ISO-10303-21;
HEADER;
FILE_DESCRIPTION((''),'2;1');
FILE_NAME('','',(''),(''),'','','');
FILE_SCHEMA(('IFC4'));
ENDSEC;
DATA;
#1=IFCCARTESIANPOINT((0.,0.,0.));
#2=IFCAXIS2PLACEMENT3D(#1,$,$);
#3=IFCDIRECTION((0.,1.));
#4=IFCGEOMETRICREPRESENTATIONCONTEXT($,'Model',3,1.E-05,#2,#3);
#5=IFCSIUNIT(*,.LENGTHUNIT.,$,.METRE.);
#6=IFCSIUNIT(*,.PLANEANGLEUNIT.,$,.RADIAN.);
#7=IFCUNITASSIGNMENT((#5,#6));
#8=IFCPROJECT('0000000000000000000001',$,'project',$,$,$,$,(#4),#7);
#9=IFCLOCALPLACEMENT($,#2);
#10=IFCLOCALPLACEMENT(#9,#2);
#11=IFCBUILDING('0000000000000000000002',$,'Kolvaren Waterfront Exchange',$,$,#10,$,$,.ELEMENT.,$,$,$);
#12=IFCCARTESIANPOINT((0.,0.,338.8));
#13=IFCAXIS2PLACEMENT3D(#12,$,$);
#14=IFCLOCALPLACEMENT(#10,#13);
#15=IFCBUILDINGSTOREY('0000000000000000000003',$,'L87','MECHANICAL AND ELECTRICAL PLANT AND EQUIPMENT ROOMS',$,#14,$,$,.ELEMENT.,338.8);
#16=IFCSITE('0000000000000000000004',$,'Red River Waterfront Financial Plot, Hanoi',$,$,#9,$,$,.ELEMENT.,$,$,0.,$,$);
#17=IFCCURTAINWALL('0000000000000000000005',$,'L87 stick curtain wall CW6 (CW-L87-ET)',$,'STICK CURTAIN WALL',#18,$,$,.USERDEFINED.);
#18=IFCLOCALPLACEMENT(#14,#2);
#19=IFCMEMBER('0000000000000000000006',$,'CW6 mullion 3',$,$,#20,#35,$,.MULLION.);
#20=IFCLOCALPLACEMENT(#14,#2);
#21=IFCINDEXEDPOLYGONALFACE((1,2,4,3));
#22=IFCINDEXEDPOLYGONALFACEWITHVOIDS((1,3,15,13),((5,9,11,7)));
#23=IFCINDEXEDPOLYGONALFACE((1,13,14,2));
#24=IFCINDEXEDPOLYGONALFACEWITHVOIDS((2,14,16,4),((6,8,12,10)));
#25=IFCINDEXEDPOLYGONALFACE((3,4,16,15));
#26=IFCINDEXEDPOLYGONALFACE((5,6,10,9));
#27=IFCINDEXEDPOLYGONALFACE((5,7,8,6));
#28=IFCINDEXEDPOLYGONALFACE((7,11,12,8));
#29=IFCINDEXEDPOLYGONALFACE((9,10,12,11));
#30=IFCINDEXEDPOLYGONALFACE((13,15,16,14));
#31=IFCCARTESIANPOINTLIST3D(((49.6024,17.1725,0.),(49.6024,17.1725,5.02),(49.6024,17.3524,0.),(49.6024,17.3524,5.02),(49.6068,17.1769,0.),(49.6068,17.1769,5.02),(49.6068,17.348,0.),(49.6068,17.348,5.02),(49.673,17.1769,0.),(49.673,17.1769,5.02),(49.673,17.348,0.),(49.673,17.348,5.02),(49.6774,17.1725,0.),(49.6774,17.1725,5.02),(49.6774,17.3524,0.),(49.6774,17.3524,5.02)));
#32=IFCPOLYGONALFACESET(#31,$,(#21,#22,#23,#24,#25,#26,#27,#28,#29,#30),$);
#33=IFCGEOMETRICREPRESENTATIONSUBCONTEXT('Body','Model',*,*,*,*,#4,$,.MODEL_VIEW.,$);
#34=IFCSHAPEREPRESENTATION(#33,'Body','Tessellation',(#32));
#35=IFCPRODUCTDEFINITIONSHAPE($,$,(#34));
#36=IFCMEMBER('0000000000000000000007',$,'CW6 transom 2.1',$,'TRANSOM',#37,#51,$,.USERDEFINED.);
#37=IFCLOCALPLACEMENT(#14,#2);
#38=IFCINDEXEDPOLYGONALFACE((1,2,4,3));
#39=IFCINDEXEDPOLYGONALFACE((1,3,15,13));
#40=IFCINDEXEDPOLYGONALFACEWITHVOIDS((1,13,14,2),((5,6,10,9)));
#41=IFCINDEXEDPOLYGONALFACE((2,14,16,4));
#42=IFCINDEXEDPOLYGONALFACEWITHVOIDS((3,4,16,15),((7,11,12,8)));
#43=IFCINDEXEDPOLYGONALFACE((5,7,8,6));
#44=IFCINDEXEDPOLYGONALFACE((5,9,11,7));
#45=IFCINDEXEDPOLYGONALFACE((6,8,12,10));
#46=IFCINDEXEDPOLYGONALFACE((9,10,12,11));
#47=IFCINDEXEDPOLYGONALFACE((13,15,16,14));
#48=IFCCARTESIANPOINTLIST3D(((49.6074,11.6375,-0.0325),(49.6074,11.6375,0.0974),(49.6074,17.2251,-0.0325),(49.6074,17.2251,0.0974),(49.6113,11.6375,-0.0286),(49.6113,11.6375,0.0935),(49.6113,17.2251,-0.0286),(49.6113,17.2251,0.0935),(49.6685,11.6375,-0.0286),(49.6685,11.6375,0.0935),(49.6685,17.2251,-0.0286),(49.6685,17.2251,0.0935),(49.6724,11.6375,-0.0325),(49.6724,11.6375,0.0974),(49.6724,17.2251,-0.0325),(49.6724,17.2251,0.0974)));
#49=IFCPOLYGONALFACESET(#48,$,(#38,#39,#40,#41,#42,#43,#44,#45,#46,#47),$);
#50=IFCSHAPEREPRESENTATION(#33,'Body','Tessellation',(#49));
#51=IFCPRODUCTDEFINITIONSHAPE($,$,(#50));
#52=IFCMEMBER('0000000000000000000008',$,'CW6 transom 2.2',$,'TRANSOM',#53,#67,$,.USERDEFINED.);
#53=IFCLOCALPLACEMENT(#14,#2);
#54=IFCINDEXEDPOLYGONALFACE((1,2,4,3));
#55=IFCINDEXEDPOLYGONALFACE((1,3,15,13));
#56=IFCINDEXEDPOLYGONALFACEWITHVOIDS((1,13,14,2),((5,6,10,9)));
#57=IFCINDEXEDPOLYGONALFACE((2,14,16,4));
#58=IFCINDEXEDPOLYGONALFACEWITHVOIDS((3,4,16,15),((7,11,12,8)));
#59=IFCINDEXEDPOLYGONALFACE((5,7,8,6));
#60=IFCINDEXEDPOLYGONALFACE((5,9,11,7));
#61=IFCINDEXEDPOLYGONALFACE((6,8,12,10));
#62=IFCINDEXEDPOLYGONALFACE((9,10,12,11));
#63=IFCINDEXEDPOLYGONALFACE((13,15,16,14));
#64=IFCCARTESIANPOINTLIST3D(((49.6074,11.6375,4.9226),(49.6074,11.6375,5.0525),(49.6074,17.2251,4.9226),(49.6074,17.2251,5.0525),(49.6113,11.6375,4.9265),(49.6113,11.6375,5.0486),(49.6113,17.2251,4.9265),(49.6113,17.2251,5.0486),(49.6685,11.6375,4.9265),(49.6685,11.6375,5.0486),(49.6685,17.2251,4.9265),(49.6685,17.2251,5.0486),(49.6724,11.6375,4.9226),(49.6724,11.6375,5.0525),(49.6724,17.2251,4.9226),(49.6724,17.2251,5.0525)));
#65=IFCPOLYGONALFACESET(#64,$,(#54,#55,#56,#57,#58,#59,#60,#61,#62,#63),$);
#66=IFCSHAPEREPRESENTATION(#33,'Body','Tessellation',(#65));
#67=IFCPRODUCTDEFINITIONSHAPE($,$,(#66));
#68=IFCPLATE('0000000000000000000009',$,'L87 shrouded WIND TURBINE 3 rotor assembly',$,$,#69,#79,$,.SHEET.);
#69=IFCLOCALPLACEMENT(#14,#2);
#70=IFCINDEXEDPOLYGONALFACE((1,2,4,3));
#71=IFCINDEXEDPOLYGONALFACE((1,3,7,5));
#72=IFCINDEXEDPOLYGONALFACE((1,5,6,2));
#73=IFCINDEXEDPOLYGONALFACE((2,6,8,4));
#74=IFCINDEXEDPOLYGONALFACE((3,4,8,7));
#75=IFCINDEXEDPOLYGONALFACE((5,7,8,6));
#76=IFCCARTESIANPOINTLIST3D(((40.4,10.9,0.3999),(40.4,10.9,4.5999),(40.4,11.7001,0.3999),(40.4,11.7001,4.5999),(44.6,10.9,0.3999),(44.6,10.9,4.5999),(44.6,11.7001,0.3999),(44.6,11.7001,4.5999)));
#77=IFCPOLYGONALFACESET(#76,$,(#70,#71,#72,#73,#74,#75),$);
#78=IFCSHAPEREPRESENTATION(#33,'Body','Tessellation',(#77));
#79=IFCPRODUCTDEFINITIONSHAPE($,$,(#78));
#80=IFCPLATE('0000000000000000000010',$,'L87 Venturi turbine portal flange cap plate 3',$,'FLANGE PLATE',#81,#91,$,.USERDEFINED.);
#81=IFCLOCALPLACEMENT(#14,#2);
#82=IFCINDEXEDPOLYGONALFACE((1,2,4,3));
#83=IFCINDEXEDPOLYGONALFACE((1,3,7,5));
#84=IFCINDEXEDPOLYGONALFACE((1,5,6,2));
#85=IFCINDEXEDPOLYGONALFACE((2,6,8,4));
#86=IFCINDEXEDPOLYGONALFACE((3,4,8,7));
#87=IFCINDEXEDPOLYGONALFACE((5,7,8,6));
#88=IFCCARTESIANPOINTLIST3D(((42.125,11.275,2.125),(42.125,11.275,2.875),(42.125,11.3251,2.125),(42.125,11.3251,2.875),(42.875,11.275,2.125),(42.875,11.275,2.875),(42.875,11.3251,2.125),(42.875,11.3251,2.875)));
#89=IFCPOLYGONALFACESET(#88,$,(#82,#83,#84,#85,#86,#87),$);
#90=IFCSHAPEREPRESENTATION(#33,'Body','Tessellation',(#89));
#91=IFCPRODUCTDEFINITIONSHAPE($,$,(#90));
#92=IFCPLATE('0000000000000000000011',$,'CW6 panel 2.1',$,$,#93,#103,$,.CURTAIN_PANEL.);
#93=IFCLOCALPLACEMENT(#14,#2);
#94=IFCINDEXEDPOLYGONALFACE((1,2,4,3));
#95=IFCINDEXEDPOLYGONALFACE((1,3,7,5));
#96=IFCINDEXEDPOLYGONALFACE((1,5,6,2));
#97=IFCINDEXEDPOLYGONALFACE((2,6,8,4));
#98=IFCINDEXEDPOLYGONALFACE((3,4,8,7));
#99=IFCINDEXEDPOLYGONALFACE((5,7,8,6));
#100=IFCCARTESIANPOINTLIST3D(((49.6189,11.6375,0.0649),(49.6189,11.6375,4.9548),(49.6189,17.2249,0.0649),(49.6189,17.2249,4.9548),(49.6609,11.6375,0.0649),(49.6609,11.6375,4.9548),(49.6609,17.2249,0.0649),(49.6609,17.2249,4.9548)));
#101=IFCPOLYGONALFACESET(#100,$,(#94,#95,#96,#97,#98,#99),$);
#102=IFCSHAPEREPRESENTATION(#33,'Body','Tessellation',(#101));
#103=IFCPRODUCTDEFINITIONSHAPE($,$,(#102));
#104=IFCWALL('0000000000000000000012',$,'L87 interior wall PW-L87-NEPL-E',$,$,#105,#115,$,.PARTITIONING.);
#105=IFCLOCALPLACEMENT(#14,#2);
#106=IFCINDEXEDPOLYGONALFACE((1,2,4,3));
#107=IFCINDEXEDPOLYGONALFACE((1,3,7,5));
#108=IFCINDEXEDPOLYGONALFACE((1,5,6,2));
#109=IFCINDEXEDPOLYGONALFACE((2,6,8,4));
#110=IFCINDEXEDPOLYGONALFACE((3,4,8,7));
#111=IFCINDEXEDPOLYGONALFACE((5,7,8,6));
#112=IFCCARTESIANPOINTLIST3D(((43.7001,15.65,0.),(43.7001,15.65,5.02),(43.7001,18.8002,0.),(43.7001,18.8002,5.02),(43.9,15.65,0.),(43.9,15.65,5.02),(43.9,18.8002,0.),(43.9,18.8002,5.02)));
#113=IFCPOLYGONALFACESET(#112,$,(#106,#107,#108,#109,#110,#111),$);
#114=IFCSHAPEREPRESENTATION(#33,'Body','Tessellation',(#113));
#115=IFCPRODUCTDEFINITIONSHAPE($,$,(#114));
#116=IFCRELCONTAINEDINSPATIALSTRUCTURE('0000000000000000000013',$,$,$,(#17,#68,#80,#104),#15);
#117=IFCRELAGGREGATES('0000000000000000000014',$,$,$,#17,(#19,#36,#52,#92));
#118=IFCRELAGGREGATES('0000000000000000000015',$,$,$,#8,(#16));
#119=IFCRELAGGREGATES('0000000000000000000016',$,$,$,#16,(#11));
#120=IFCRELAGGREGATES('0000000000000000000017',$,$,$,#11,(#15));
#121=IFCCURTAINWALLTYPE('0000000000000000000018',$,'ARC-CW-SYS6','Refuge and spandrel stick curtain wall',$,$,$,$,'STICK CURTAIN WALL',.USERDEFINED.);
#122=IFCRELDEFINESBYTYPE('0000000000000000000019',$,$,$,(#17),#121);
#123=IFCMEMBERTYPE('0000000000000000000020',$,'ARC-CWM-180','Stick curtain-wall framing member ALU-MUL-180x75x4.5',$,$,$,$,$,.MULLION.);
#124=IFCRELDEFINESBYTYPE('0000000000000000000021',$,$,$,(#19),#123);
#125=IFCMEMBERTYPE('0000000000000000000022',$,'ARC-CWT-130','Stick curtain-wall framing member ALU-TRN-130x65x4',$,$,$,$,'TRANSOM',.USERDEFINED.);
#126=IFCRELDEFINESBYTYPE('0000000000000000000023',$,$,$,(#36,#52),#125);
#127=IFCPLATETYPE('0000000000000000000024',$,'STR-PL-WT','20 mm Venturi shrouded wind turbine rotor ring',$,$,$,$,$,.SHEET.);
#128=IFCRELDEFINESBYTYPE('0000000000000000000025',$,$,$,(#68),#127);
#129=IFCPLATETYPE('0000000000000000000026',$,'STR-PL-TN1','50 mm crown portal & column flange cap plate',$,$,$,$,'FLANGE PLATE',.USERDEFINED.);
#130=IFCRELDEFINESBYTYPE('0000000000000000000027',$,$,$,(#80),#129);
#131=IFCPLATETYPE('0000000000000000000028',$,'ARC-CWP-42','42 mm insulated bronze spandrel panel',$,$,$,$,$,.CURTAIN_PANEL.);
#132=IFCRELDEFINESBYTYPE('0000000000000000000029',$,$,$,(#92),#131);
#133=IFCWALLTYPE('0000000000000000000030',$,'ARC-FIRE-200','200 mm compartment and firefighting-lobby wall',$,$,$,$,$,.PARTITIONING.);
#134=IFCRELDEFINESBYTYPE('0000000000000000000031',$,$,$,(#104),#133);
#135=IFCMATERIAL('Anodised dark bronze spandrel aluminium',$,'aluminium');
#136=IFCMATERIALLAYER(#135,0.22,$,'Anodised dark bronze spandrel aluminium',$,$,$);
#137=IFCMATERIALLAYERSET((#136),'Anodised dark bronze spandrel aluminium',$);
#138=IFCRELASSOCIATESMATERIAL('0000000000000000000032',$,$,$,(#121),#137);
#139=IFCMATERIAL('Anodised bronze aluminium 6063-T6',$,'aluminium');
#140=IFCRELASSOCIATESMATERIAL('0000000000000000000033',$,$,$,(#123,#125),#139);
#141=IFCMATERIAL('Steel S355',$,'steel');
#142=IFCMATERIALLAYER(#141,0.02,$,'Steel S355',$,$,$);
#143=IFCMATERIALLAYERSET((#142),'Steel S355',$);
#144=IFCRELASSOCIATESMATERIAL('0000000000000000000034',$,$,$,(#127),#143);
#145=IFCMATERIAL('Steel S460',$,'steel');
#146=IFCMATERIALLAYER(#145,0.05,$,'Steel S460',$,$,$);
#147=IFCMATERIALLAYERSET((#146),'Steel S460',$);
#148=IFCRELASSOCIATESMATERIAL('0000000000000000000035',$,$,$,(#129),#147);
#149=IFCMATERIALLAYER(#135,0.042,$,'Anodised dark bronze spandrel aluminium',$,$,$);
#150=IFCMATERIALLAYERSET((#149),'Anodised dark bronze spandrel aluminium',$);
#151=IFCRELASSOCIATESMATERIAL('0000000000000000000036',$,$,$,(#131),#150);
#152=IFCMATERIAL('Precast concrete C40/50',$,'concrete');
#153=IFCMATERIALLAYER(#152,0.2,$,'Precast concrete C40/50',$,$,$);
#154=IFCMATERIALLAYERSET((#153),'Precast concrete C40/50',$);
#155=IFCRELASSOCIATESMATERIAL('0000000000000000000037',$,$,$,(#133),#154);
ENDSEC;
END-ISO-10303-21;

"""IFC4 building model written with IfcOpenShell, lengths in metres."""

from ifc_helpers import new_model, si_unit, direction, frame, frame_2d, origin, origin_with_axes, origin_2d, place, context, subcontext, project, spatial, rectangle, hollow_rectangle, extrude, source, transform, mapped, material, layer, layer_set, material_profile, profile_set, type_object, element, aggregate, save


model = new_model("IFC4")

# Units and contexts
model_context = context("Model", 3, precision=1e-05, world=origin(), true_north=direction((0.0, 1.0)))
body_context = subcontext(model_context, "Body", "Model", "MODEL_VIEW")
ifc_project = project(units=[si_unit("LENGTHUNIT", "METRE"), si_unit("PLANEANGLEUNIT", "RADIAN")], contexts=[model_context])

# Site, building, storey
site_placement = place(None, origin())
site = spatial("IfcSite", under=ifc_project, at=site_placement, Name="Red River Waterfront Financial Plot, Hanoi", CompositionType="ELEMENT", RefElevation=0.0)
building_placement = place(site_placement, origin())
building = spatial("IfcBuilding", under=site, at=building_placement, Name="Kolvaren Waterfront Exchange", CompositionType="ELEMENT")
storey_placement = place(building_placement, frame((0.0, 0.0, 338.8)))
storey = spatial("IfcBuildingStorey", under=building, at=storey_placement, Name="L87", Description="MECHANICAL AND ELECTRICAL PLANT AND EQUIPMENT ROOMS", CompositionType="ELEMENT", Elevation=338.8)

# Shared definitions
ifc_material_1 = material(Name="Steel S355", Category="steel")

# Curtain wall, members
ifc_material_2 = material(Name="Anodised dark bronze spandrel aluminium", Category="aluminium")
ifc_layer_1 = layer(ifc_material_2, 0.22, Name="Anodised dark bronze spandrel aluminium")
ifc_layer_set_1 = layer_set([ifc_layer_1], Name="Anodised dark bronze spandrel aluminium")
curtain_wall_type = type_object("IfcCurtainWallType", Name="ARC-CW-SYS6", Description="Refuge and spandrel stick curtain wall", ElementType="STICK CURTAIN WALL", PredefinedType="USERDEFINED", material=ifc_layer_set_1)
curtain_wall_placement = place(storey_placement, origin())
curtain_wall = element("IfcCurtainWall", 1, at=curtain_wall_placement, inside=storey, type_object=curtain_wall_type, Name="L87 stick curtain wall CW6 (CW-L87-ET)", ObjectType="STICK CURTAIN WALL", PredefinedType="USERDEFINED")
ifc_material_3 = material(Name="Anodised bronze aluminium 6063-T6", Category="aluminium")
ifc_material_profile_1 = material_profile(ifc_material_3, hollow_rectangle(XDim=0.075, YDim=0.1799, WallThickness=0.0044, at=origin_2d()), Name="ALU-MUL-180x75x4.5")
ifc_profile_set_1 = profile_set([ifc_material_profile_1], Name="Anodised bronze aluminium 6063-T6")
member_type_1 = type_object("IfcMemberType", Name="ARC-CWM-180", Description="Stick curtain-wall framing member ALU-MUL-180x75x4.5", PredefinedType="MULLION", material=ifc_profile_set_1)
shared_shape_1 = source(origin_with_axes(), body_context, "Body", "SweptSolid", [
    extrude(hollow_rectangle(XDim=0.075, YDim=0.1799, WallThickness=0.0044, at=origin_2d()), origin(), (0.0, 0.0, 1.0), 5.02),
])
member_1_placement = place(storey_placement, frame((49.6399, 17.2625, 0.0), z_axis=(0.0, 0.0, 1.0), x_axis=(-1.0, 0.0, 0.0)))
member_1 = element("IfcMember", 2, at=member_1_placement, type_object=member_type_1, Name="CW6 mullion 3", PredefinedType="MULLION", context=body_context, shape_type="MappedRepresentation", body=[
    mapped(shared_shape_1, transform((0.0, 0.0, 0.0), x_axis=(1.0, 0.0, 0.0), y_axis=(0.0, 1.0, 0.0), z_axis=(0.0, 0.0, 1.0), scale=1.0)),
])
ifc_material_profile_2 = material_profile(ifc_material_3, hollow_rectangle(XDim=0.0649, YDim=0.1299, WallThickness=0.0039, at=origin_2d()), Name="ALU-TRN-130x65x4")
ifc_profile_set_2 = profile_set([ifc_material_profile_2], Name="Anodised bronze aluminium 6063-T6")
member_type_2 = type_object("IfcMemberType", Name="ARC-CWT-130", Description="Stick curtain-wall framing member ALU-TRN-130x65x4", ElementType="TRANSOM", PredefinedType="USERDEFINED", material=ifc_profile_set_2)
shared_shape_2 = source(origin_with_axes(), body_context, "Body", "SweptSolid", [
    extrude(hollow_rectangle(XDim=0.0649, YDim=0.1299, WallThickness=0.0039, at=origin_2d()), origin(), (0.0, 0.0, 1.0), 5.5876),
])
member_2_placement = place(storey_placement, frame((49.6399, 11.6375, 0.0325), z_axis=(0.0, 1.0, 0.0), x_axis=(-1.0, 0.0, 0.0)))
member_2 = element("IfcMember", 3, at=member_2_placement, type_object=member_type_2, Name="CW6 transom 2.1", ObjectType="TRANSOM", PredefinedType="USERDEFINED", context=body_context, shape_type="MappedRepresentation", body=[
    mapped(shared_shape_2, transform((0.0, 0.0, 0.0), x_axis=(1.0, 0.0, 0.0), y_axis=(0.0, 1.0, 0.0), z_axis=(0.0, 0.0, 1.0), scale=1.0)),
])
member_3_placement = place(storey_placement, frame((49.6399, 11.6375, 4.9875), z_axis=(0.0, 1.0, 0.0), x_axis=(-1.0, 0.0, 0.0)))
member_3 = element("IfcMember", 4, at=member_3_placement, type_object=member_type_2, Name="CW6 transom 2.2", ObjectType="TRANSOM", PredefinedType="USERDEFINED", context=body_context, shape_type="MappedRepresentation", body=[
    mapped(shared_shape_2, transform((0.0, 0.0, 0.0), x_axis=(1.0, 0.0, 0.0), y_axis=(0.0, 1.0, 0.0), z_axis=(0.0, 0.0, 1.0), scale=1.0)),
])

# Plates
ifc_layer_2 = layer(ifc_material_1, 0.02, Name="Steel S355")
ifc_layer_set_2 = layer_set([ifc_layer_2], Name="Steel S355")
plate_type_1 = type_object("IfcPlateType", Name="STR-PL-WT", Description="20 mm Venturi shrouded wind turbine rotor ring", PredefinedType="SHEET", material=ifc_layer_set_2)
shared_shape_3 = source(origin_with_axes(), body_context, "Body", "SweptSolid", [
    extrude(rectangle(XDim=4.2, YDim=0.8, at=origin_2d()), origin(), (0.0, 0.0, 1.0), 4.2),
])
plate_1_placement = place(storey_placement, frame((42.5, 11.3, 0.3999), z_axis=(0.0, 0.0, 1.0), x_axis=(1.0, 0.0, 0.0)))
element("IfcPlate", 5, at=plate_1_placement, inside=storey, type_object=plate_type_1, Name="L87 shrouded WIND TURBINE 3 rotor assembly", PredefinedType="SHEET", context=body_context, shape_type="MappedRepresentation", body=[
    mapped(shared_shape_3, transform((0.0, 0.0, 0.0), x_axis=(1.0, 0.0, 0.0), y_axis=(0.0, 1.0, 0.0), z_axis=(0.0, 0.0, 1.0), scale=1.0)),
])
ifc_material_4 = material(Name="Steel S460", Category="steel")
ifc_layer_3 = layer(ifc_material_4, 0.05, Name="Steel S460")
ifc_layer_set_3 = layer_set([ifc_layer_3], Name="Steel S460")
plate_type_2 = type_object("IfcPlateType", Name="STR-PL-TN1", Description="50 mm crown portal & column flange cap plate", ElementType="FLANGE PLATE", PredefinedType="USERDEFINED", material=ifc_layer_set_3)
shared_shape_4 = source(origin_with_axes(), body_context, "Body", "SweptSolid", [
    extrude(rectangle(XDim=0.75, YDim=0.05, at=origin_2d()), origin(), (0.0, 0.0, 1.0), 0.75),
])
plate_2_placement = place(storey_placement, frame((42.5, 11.3, 2.125), z_axis=(0.0, 0.0, 1.0), x_axis=(1.0, 0.0, 0.0)))
element("IfcPlate", 6, at=plate_2_placement, inside=storey, type_object=plate_type_2, Name="L87 Venturi turbine portal flange cap plate 3", ObjectType="FLANGE PLATE", PredefinedType="USERDEFINED", context=body_context, shape_type="MappedRepresentation", body=[
    mapped(shared_shape_4, transform((0.0, 0.0, 0.0), x_axis=(1.0, 0.0, 0.0), y_axis=(0.0, 1.0, 0.0), z_axis=(0.0, 0.0, 1.0), scale=1.0)),
])

# Plate
ifc_layer_4 = layer(ifc_material_2, 0.042, Name="Anodised dark bronze spandrel aluminium")
ifc_layer_set_4 = layer_set([ifc_layer_4], Name="Anodised dark bronze spandrel aluminium")
plate_type_3 = type_object("IfcPlateType", Name="ARC-CWP-42", Description="42 mm insulated bronze spandrel panel", PredefinedType="CURTAIN_PANEL", material=ifc_layer_set_4)
shared_shape_5 = source(origin_with_axes(), body_context, "Body", "SweptSolid", [
    extrude(rectangle(XDim=5.5874, YDim=0.042, at=origin_2d()), origin(), (0.0, 0.0, 1.0), 4.8899),
])
plate_3_placement = place(storey_placement, frame((49.6399, 14.4312, 0.0649), z_axis=(0.0, 0.0, 1.0), x_axis=(0.0, 1.0, 0.0)))
plate_3 = element("IfcPlate", 7, at=plate_3_placement, type_object=plate_type_3, Name="CW6 panel 2.1", PredefinedType="CURTAIN_PANEL", context=body_context, shape_type="MappedRepresentation", body=[
    mapped(shared_shape_5, transform((0.0, 0.0, 0.0), x_axis=(1.0, 0.0, 0.0), y_axis=(0.0, 1.0, 0.0), z_axis=(0.0, 0.0, 1.0), scale=1.0)),
])
aggregate(curtain_wall, [member_1, member_2, member_3, plate_3])

# Wall
ifc_material_5 = material(Name="Precast concrete C40/50", Category="concrete")
ifc_layer_5 = layer(ifc_material_5, 0.2, Name="Precast concrete C40/50")
ifc_layer_set_5 = layer_set([ifc_layer_5], Name="Precast concrete C40/50")
wall_type = type_object("IfcWallType", Name="ARC-FIRE-200", Description="200 mm compartment and firefighting-lobby wall", PredefinedType="PARTITIONING", material=ifc_layer_set_5)
wall_placement = place(storey_placement, frame((43.8, 15.6499, 0.0), z_axis=(0.0, 0.0, 1.0), x_axis=(0.0, 1.0, 0.0)))
element("IfcWall", 8, at=wall_placement, inside=storey, type_object=wall_type, Name="L87 interior wall PW-L87-NEPL-E", PredefinedType="PARTITIONING", context=body_context, shape_type="SweptSolid", body=[
    extrude(rectangle(XDim=3.1501, YDim=0.2, at=frame_2d((1.5752, 0.0))), origin(), (0.0, 0.0, 1.0), 5.02),
])

save(model, "model.ifc")
